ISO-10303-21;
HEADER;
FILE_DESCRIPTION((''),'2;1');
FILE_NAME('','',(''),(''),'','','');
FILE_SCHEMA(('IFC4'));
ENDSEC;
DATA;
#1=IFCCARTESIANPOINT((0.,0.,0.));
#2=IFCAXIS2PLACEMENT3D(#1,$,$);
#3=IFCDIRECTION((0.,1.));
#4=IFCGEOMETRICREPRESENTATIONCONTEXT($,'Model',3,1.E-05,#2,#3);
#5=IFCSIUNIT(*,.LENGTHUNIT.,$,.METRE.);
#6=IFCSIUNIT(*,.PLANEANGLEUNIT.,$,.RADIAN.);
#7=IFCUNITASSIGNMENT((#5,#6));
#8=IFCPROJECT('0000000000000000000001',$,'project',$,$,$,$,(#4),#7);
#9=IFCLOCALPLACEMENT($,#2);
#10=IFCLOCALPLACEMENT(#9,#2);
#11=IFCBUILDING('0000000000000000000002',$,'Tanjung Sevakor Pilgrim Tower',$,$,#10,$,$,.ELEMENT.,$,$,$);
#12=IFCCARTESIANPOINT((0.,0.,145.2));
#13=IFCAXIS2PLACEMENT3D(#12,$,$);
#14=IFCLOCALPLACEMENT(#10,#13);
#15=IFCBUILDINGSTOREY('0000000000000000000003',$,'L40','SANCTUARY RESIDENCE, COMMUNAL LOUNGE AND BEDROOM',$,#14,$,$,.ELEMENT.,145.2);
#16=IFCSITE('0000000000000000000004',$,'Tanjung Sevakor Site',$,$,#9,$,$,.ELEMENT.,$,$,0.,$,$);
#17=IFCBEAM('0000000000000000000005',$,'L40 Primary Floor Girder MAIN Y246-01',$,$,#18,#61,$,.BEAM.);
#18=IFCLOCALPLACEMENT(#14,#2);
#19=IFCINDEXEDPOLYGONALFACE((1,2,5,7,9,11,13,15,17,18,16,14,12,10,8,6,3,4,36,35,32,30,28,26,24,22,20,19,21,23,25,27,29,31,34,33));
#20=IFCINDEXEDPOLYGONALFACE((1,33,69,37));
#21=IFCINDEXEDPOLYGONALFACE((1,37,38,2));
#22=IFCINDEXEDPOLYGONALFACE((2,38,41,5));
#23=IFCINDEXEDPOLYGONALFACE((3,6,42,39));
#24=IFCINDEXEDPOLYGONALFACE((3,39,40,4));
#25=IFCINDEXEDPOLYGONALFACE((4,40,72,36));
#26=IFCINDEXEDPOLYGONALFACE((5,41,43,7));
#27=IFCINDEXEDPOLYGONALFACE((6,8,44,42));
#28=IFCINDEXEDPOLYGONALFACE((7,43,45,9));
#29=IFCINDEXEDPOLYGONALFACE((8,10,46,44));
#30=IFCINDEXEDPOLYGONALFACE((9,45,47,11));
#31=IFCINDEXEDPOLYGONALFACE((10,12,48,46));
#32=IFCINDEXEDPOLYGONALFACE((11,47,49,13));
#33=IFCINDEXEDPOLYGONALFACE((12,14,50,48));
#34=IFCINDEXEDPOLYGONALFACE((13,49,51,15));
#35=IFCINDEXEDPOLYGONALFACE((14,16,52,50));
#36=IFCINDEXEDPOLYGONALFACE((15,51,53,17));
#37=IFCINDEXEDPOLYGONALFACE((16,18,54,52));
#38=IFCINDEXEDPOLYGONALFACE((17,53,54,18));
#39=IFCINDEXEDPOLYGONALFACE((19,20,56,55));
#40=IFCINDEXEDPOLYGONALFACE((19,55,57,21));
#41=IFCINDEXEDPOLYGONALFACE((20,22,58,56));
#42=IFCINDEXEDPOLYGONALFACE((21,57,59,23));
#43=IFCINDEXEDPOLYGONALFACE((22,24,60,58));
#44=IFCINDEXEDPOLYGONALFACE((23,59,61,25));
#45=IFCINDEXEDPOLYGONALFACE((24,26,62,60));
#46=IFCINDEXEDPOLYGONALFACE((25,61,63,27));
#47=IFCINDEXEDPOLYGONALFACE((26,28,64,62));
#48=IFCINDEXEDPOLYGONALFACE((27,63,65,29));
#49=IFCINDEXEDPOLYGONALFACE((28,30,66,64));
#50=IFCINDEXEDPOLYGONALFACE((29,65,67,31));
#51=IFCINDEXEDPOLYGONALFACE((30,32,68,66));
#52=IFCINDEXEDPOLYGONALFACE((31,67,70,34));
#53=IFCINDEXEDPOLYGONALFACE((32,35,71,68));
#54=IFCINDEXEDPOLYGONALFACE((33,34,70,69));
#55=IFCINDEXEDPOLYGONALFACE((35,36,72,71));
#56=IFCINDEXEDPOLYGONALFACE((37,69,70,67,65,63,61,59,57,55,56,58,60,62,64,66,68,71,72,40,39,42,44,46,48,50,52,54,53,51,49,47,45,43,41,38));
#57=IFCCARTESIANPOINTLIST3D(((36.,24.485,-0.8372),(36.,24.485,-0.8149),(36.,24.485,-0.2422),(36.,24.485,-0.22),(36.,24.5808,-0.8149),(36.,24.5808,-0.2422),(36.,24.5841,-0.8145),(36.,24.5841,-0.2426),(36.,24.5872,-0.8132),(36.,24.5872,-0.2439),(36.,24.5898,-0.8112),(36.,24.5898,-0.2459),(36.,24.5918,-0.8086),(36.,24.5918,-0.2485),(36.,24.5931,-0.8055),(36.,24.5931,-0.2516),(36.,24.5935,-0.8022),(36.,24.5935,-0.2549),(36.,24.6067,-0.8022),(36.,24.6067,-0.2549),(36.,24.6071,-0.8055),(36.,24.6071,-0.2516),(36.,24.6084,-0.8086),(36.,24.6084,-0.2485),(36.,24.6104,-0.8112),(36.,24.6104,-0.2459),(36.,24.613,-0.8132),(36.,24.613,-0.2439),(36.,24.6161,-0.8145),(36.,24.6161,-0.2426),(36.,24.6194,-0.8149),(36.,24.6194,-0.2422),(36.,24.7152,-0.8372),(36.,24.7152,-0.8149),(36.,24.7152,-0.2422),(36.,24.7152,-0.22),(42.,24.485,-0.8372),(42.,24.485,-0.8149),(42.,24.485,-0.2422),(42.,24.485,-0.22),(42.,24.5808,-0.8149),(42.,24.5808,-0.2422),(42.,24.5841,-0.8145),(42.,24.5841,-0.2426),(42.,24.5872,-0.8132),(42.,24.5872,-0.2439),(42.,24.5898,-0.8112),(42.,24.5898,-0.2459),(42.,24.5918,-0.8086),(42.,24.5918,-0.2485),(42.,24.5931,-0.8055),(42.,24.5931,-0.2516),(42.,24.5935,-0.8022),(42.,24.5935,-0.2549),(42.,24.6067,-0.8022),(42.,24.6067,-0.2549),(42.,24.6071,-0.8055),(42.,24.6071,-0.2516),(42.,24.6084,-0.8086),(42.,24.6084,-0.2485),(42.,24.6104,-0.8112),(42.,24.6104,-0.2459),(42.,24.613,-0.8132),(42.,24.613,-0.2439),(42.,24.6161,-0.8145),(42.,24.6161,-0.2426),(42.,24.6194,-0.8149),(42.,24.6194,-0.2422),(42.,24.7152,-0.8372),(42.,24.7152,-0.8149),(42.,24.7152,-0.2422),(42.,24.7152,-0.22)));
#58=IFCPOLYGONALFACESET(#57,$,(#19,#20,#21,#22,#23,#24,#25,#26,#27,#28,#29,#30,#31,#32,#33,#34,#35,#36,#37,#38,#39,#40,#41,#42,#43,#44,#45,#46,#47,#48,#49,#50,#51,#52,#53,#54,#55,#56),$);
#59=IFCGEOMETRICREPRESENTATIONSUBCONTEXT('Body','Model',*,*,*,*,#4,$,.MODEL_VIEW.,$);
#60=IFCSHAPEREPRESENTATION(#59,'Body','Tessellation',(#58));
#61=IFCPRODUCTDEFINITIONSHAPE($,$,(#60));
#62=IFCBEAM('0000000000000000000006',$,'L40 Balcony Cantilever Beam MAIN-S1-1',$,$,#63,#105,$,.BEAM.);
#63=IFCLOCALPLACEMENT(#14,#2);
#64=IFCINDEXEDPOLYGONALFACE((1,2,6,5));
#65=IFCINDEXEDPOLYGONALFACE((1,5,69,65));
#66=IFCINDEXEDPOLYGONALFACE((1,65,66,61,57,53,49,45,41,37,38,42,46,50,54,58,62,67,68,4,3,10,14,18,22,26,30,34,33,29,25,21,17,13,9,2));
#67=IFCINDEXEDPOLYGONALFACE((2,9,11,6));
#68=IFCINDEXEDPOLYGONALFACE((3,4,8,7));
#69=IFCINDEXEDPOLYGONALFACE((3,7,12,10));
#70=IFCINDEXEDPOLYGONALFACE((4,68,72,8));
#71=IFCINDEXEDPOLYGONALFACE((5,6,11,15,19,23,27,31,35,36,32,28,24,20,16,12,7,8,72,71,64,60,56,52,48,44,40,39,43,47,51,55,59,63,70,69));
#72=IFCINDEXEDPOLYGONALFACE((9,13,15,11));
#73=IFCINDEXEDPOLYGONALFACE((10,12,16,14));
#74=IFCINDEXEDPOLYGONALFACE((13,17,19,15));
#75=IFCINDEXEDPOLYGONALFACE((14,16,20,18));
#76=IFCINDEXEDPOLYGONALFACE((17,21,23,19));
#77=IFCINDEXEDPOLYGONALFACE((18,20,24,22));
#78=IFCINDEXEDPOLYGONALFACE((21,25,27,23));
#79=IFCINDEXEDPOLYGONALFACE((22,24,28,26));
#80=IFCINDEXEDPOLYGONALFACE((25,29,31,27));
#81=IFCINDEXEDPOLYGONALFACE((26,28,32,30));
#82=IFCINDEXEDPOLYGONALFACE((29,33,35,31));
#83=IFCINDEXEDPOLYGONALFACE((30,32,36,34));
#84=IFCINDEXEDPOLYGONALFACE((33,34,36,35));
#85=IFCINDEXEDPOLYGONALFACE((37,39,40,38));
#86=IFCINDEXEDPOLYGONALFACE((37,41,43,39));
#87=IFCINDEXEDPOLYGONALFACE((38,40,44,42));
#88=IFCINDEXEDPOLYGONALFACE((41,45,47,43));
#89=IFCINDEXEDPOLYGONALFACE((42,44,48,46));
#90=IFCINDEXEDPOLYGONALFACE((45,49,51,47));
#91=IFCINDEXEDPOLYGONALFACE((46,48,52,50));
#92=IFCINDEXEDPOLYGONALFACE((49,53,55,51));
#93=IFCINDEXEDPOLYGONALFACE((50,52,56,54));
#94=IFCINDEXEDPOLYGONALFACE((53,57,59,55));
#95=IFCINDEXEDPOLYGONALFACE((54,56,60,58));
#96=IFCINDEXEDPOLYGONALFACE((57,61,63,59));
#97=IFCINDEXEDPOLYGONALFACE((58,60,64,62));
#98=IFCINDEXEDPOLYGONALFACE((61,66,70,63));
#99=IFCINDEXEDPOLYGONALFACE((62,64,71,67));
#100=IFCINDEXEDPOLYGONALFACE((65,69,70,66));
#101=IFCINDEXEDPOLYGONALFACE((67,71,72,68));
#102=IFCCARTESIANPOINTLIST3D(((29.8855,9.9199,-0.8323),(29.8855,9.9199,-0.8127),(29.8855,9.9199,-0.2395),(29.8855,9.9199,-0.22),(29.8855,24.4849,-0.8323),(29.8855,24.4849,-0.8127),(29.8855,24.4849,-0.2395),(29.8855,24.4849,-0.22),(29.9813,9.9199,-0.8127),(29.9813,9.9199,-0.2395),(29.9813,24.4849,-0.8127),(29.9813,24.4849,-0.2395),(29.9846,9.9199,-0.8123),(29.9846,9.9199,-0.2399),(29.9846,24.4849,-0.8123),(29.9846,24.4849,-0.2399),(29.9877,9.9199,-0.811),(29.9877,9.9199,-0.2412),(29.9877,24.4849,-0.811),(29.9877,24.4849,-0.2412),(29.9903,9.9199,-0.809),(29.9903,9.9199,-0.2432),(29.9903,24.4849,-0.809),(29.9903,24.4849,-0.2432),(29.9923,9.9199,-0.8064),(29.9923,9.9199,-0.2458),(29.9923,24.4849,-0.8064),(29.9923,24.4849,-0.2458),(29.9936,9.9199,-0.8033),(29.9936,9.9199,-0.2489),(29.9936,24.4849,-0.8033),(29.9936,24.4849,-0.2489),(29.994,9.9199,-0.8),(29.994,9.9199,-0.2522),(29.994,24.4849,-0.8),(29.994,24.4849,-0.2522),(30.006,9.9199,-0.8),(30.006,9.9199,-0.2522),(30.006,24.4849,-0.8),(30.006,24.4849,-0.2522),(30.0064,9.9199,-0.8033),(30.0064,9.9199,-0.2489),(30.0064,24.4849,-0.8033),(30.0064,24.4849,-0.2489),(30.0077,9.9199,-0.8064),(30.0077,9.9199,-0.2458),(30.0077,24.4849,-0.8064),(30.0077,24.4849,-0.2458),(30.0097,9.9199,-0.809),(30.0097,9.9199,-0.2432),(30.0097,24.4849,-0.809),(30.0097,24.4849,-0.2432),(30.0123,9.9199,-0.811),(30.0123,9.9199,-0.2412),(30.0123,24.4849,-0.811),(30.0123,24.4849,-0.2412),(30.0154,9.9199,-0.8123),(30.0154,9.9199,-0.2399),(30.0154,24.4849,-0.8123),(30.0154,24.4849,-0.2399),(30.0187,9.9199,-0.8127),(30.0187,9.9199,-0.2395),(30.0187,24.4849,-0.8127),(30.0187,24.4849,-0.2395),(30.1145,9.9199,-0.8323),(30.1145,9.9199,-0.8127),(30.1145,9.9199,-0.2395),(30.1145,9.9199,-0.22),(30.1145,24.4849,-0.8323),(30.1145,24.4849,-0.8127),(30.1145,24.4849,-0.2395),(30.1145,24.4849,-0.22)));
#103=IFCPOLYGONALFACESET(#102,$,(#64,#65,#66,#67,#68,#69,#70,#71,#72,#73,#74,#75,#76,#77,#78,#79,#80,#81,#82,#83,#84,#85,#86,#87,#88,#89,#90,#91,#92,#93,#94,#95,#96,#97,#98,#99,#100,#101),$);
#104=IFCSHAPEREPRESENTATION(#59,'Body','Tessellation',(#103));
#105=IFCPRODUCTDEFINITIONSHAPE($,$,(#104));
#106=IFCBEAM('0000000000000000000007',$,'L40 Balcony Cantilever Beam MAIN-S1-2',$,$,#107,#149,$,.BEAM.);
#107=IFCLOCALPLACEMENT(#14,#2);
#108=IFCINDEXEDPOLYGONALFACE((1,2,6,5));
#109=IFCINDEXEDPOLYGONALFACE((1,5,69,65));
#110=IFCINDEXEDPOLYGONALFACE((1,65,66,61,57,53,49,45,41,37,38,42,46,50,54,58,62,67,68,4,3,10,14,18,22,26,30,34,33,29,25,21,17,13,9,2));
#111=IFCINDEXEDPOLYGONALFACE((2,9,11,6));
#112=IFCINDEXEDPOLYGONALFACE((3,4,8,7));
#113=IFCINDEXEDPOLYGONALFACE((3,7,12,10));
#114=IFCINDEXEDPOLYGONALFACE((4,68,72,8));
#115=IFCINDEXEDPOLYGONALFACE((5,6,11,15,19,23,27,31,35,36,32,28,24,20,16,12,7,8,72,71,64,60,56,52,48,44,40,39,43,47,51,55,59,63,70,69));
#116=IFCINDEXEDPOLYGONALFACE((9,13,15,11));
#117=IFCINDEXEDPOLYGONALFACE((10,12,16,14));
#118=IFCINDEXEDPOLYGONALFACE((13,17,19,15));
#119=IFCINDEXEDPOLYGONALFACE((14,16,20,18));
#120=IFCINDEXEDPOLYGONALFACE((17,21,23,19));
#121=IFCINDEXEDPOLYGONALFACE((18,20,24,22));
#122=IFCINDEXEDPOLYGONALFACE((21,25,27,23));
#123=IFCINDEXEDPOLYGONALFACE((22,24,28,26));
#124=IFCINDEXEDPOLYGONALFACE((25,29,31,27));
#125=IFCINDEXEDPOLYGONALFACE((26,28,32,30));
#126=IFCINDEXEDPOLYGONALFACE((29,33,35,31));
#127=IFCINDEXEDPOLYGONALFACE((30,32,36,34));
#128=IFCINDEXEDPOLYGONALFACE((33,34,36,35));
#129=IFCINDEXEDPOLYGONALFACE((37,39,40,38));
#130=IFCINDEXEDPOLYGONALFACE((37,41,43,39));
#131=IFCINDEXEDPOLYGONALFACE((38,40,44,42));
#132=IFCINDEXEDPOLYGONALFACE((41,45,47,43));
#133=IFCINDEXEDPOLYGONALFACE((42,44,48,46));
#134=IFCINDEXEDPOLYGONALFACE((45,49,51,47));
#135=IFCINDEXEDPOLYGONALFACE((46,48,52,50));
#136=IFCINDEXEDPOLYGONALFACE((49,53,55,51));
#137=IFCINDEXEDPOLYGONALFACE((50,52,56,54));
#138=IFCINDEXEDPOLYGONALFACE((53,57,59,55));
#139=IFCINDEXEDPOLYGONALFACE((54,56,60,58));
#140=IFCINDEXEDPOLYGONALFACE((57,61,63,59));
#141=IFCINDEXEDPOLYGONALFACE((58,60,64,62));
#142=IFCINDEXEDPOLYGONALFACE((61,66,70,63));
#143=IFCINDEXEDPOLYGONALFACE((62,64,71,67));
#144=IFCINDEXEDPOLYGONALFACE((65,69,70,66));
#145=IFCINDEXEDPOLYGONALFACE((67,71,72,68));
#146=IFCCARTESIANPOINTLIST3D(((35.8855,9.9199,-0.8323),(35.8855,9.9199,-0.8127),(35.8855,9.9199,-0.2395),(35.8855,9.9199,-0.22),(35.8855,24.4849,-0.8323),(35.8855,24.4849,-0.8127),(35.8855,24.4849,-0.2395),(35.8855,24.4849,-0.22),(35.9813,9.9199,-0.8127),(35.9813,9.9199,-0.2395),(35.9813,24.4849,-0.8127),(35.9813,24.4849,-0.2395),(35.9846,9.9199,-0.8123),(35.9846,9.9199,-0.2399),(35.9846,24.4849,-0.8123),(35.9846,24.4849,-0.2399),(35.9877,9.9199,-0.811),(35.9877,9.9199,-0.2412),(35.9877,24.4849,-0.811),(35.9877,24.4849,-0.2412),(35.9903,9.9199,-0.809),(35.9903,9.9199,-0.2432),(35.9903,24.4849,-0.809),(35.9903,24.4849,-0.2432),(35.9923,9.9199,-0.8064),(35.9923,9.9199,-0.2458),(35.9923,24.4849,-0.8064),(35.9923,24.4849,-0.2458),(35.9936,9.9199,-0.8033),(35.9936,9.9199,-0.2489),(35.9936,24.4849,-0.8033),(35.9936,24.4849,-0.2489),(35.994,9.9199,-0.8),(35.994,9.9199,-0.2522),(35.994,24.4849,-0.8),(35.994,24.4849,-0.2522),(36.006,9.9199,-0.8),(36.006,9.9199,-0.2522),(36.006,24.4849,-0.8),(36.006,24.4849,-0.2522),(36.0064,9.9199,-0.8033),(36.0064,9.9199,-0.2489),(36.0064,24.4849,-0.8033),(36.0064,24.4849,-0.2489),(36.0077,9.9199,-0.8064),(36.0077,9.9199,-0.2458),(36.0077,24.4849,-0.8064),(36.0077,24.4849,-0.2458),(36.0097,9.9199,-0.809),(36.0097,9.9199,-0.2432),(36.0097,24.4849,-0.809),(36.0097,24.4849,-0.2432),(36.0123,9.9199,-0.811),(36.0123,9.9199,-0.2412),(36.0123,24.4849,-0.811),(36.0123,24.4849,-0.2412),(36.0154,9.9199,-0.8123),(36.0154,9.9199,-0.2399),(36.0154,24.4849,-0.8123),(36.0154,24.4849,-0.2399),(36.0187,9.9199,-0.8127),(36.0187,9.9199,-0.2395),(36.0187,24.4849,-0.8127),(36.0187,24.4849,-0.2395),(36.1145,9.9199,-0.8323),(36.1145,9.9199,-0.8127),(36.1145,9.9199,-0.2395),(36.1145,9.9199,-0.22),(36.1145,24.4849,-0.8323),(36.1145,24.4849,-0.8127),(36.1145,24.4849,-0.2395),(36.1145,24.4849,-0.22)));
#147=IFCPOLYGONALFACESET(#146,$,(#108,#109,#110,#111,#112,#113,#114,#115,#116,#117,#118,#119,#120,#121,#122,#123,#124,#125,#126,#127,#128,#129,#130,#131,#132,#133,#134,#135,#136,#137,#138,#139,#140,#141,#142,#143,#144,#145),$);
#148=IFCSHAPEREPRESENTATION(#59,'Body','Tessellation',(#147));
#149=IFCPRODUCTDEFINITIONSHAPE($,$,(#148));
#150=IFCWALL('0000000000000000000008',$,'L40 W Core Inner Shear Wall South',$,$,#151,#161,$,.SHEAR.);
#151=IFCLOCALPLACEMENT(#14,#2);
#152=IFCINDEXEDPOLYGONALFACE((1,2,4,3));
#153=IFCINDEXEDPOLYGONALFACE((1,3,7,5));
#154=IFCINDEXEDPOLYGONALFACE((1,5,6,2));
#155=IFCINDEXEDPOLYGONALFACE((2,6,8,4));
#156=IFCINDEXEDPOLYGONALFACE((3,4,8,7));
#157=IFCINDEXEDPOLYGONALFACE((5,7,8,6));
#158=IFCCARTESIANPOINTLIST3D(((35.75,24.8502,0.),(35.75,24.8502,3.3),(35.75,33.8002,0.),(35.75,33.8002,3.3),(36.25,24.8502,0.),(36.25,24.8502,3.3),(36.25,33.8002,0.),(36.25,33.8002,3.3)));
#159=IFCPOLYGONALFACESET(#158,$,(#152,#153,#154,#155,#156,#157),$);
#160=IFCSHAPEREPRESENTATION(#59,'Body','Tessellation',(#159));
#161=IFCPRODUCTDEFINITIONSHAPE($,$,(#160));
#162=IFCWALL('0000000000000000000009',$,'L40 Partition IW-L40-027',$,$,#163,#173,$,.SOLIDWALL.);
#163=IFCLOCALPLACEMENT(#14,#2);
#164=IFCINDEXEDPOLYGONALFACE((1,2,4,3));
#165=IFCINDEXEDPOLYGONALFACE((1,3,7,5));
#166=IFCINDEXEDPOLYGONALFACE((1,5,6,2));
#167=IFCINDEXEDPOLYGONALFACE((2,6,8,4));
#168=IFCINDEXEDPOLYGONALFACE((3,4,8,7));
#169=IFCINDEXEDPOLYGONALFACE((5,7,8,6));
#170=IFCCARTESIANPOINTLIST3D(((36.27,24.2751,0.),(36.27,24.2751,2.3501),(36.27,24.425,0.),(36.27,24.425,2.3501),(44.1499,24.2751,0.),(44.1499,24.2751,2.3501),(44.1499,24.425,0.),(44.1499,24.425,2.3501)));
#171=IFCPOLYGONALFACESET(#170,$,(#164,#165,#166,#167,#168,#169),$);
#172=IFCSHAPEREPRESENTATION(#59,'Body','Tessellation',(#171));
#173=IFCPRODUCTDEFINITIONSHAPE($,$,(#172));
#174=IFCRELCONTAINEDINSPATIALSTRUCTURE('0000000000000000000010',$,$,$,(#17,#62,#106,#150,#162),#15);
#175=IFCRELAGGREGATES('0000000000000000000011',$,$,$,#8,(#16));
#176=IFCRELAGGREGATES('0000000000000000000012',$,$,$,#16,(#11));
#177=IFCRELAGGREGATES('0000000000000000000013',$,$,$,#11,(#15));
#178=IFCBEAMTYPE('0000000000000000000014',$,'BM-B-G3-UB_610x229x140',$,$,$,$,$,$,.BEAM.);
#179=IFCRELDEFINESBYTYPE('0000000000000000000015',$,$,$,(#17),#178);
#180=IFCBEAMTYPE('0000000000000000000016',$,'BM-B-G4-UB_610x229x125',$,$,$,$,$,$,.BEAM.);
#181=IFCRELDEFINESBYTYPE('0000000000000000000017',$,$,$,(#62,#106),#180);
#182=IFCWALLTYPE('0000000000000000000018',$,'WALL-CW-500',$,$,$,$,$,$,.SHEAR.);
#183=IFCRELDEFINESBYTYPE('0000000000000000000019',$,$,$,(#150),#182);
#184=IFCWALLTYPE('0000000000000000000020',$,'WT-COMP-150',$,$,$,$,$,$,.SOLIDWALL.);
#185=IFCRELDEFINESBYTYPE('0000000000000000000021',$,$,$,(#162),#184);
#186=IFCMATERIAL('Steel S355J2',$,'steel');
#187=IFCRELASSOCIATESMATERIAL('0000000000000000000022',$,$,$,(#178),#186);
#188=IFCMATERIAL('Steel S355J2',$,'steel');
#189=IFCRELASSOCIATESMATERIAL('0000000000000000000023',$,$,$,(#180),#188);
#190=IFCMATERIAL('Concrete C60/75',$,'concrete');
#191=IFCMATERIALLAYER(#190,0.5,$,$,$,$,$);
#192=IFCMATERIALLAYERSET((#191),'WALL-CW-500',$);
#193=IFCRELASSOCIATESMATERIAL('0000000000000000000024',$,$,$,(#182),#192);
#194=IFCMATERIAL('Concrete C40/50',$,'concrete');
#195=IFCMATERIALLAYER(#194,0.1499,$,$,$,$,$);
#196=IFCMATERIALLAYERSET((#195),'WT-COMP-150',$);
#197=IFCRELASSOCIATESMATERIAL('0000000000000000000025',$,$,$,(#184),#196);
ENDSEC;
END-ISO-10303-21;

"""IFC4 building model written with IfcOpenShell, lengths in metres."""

from ifc_helpers import new_model, si_unit, direction, frame, frame_2d, origin, origin_2d, place, context, subcontext, project, spatial, rectangle, i_section, extrude, material, layer, layer_set, material_profile, profile_set, type_object, element, save


model = new_model("IFC4")

# Units and contexts
model_context = context("Model", 3, precision=1e-05, world=origin(), true_north=direction((0.0, 1.0)))
body_context = subcontext(model_context, "Body", "Model", "MODEL_VIEW")
ifc_project = project(units=[si_unit("LENGTHUNIT", "METRE"), si_unit("PLANEANGLEUNIT", "RADIAN")], contexts=[model_context])

# Site, building, storey
site_placement = place(None, origin())
site = spatial("IfcSite", under=ifc_project, at=site_placement, Name="Tanjung Sevakor Site", CompositionType="ELEMENT", RefElevation=0.0)
building_placement = place(site_placement, origin())
building = spatial("IfcBuilding", under=site, at=building_placement, Name="Tanjung Sevakor Pilgrim Tower", CompositionType="ELEMENT")
storey_placement = place(building_placement, frame((0.0, 0.0, 145.2)))
storey = spatial("IfcBuildingStorey", under=building, at=storey_placement, Name="L40", Description="SANCTUARY RESIDENCE, COMMUNAL LOUNGE AND BEDROOM", CompositionType="ELEMENT", Elevation=145.2)

# Beams
ifc_material_1 = material(Name="Steel S355J2", Category="steel")
ifc_material_profile_1 = material_profile(ifc_material_1, i_section(OverallWidth=0.2302, OverallDepth=0.6172, WebThickness=0.0132, FlangeThickness=0.0222, FilletRadius=0.0127, at=origin_2d()))
ifc_profile_set_1 = profile_set([ifc_material_profile_1], Name="Steel S355J2")
beam_type_1 = type_object("IfcBeamType", Name="BM-B-G3-UB_610x229x140", PredefinedType="BEAM", material=ifc_profile_set_1)
beam_placement = place(storey_placement, frame((36.0, 24.6001, -0.5286), z_axis=(1.0, 0.0, 0.0), x_axis=(0.0, 1.0, 0.0)))
element("IfcBeam", 1, at=beam_placement, inside=storey, type_object=beam_type_1, Name="L40 Primary Floor Girder MAIN Y246-01", PredefinedType="BEAM", context=body_context, shape_type="SweptSolid", body=[
    extrude(i_section(OverallWidth=0.2302, OverallDepth=0.6172, WebThickness=0.0132, FlangeThickness=0.0222, FilletRadius=0.0127, at=origin_2d()), origin(), (0.0, 0.0, 1.0), 6.0),
])
ifc_material_2 = material(Name="Steel S355J2", Category="steel")
ifc_material_profile_2 = material_profile(ifc_material_2, i_section(OverallWidth=0.229, OverallDepth=0.6123, WebThickness=0.012, FlangeThickness=0.0195, FilletRadius=0.0127, at=origin_2d()))
ifc_profile_set_2 = profile_set([ifc_material_profile_2], Name="Steel S355J2")
beam_type_2 = type_object("IfcBeamType", Name="BM-B-G4-UB_610x229x125", PredefinedType="BEAM", material=ifc_profile_set_2)
for number, where, z_axis, x_axis, name in (
    (2, (30.0, 24.4849, -0.5261), (0.0, -1.0, 0.0), (1.0, 0.0, 0.0), "L40 Balcony Cantilever Beam MAIN-S1-1"),
    (3, (36.0, 24.4849, -0.5261), (0.0, -1.0, 0.0), (1.0, 0.0, 0.0), "L40 Balcony Cantilever Beam MAIN-S1-2"),
):
    element("IfcBeam", number, at=place(storey_placement, frame(where, z_axis=z_axis, x_axis=x_axis)), inside=storey, type_object=beam_type_2, Name=name, PredefinedType="BEAM", context=body_context, shape_type="SweptSolid", body=[
        extrude(i_section(OverallWidth=0.229, OverallDepth=0.6123, WebThickness=0.012, FlangeThickness=0.0195, FilletRadius=0.0127, at=origin_2d()), origin(), (0.0, 0.0, 1.0), 14.5649),
    ])

# Wall
ifc_material_3 = material(Name="Concrete C60/75", Category="concrete")
ifc_layer_1 = layer(ifc_material_3, 0.5)
ifc_layer_set_1 = layer_set([ifc_layer_1], Name="WALL-CW-500")
wall_type_1 = type_object("IfcWallType", Name="WALL-CW-500", PredefinedType="SHEAR", material=ifc_layer_set_1)
wall_1_placement = place(storey_placement, frame((36.0, 24.8501, 0.0), z_axis=(0.0, 0.0, 1.0), x_axis=(0.0, 1.0, 0.0)))
element("IfcWall", 4, at=wall_1_placement, inside=storey, type_object=wall_type_1, Name="L40 W Core Inner Shear Wall South", PredefinedType="SHEAR", context=body_context, shape_type="SweptSolid", body=[
    extrude(rectangle(XDim=8.95, YDim=0.5, at=frame_2d((4.4751, 0.0))), origin(), (0.0, 0.0, 1.0), 3.3),
])

# Shared definitions
ifc_material_4 = material(Name="Concrete C40/50", Category="concrete")
ifc_layer_2 = layer(ifc_material_4, 0.1499)
ifc_layer_set_2 = layer_set([ifc_layer_2], Name="WT-COMP-150")
wall_type_2 = type_object("IfcWallType", Name="WT-COMP-150", PredefinedType="SOLIDWALL", material=ifc_layer_set_2)

# Wall
wall_2_placement = place(storey_placement, frame((36.27, 24.3501, 0.0), z_axis=(0.0, 0.0, 1.0), x_axis=(1.0, 0.0, 0.0)))
element("IfcWall", 5, at=wall_2_placement, inside=storey, type_object=wall_type_2, Name="L40 Partition IW-L40-027", PredefinedType="SOLIDWALL", context=body_context, shape_type="SweptSolid", body=[
    extrude(rectangle(XDim=7.8799, YDim=0.1499, at=frame_2d((3.9399, 0.0))), origin(), (0.0, 0.0, 1.0), 2.3501),
])

save(model, "model.ifc")
